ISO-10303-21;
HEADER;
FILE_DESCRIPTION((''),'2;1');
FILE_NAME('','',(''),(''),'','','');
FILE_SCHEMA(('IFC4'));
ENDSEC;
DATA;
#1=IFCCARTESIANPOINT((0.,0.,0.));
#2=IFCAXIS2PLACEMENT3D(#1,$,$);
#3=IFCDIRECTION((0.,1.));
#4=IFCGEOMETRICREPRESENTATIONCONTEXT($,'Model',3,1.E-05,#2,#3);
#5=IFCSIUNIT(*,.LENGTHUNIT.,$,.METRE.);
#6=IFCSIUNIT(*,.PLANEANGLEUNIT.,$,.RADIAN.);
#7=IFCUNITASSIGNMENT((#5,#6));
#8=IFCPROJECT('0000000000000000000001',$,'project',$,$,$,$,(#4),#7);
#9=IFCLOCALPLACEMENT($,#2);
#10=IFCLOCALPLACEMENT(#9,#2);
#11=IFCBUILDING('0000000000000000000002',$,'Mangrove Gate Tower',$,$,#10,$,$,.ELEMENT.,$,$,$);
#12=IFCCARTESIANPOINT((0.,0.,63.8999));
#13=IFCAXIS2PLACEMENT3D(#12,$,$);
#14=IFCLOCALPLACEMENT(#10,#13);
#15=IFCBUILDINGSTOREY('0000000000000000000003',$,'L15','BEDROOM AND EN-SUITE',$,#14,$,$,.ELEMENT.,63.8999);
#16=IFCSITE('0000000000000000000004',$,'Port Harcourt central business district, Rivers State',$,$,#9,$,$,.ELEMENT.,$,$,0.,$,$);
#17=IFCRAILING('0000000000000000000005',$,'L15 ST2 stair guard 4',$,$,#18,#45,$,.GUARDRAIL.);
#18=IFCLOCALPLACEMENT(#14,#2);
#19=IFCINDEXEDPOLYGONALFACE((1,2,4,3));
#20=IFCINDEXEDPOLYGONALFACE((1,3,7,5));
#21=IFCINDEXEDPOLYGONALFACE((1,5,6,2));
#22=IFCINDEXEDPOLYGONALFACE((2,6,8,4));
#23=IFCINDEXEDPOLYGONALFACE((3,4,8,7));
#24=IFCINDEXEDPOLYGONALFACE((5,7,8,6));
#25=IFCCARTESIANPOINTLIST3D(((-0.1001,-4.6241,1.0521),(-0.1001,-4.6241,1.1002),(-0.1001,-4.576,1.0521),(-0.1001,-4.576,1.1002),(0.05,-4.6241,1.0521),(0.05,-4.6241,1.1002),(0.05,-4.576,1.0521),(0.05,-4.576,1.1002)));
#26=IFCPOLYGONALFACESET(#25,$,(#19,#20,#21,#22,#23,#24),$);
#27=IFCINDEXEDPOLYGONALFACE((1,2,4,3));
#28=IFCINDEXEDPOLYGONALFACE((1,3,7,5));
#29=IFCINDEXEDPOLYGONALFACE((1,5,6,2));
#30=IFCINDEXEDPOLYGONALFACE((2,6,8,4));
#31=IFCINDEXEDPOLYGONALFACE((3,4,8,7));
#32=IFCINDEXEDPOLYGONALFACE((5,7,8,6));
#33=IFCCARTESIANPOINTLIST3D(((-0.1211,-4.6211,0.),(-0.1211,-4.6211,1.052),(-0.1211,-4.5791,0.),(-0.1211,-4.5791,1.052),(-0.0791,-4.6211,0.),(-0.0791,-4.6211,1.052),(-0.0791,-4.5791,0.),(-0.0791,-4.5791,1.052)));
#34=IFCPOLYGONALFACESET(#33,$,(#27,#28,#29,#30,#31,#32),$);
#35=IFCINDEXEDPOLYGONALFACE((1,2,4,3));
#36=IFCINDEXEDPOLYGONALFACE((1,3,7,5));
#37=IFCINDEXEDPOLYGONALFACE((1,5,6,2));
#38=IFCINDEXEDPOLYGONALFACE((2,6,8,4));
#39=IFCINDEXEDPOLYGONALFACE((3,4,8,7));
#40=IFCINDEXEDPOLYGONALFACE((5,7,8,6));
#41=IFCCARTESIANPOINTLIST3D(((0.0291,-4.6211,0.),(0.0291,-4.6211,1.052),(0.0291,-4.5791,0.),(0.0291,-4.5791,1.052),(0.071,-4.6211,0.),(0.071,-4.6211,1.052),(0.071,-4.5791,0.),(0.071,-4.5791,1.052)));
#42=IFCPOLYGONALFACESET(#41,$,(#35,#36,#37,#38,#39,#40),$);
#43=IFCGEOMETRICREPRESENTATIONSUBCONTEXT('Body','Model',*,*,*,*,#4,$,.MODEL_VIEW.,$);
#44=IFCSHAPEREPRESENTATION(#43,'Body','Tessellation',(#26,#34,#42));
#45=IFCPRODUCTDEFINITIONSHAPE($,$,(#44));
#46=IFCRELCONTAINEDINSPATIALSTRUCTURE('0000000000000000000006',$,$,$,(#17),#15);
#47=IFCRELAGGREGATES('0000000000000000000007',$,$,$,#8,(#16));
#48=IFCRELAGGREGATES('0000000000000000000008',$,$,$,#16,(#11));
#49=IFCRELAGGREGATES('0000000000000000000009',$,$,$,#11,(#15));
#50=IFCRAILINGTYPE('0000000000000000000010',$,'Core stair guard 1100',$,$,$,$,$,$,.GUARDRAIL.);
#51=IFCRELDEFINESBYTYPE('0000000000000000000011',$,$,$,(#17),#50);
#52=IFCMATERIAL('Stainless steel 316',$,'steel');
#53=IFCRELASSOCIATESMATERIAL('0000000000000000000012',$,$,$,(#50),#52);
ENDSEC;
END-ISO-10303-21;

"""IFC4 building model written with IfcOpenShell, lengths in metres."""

from ifc_helpers import new_model, si_unit, direction, frame, origin, origin_2d, place, context, subcontext, project, spatial, rectangle, extrude, material, type_object, element, save


model = new_model("IFC4")

# Units and contexts
model_context = context("Model", 3, precision=1e-05, world=origin(), true_north=direction((0.0, 1.0)))
body_context = subcontext(model_context, "Body", "Model", "MODEL_VIEW")
ifc_project = project(units=[si_unit("LENGTHUNIT", "METRE"), si_unit("PLANEANGLEUNIT", "RADIAN")], contexts=[model_context])

# Site, building, storey
site_placement = place(None, origin())
site = spatial("IfcSite", under=ifc_project, at=site_placement, Name="Port Harcourt central business district, Rivers State", CompositionType="ELEMENT", RefElevation=0.0)
building_placement = place(site_placement, origin())
building = spatial("IfcBuilding", under=site, at=building_placement, Name="Mangrove Gate Tower", CompositionType="ELEMENT")
storey_placement = place(building_placement, frame((0.0, 0.0, 63.8999)))
storey = spatial("IfcBuildingStorey", under=building, at=storey_placement, Name="L15", Description="BEDROOM AND EN-SUITE", CompositionType="ELEMENT", Elevation=63.8999)

# Railing
ifc_material_1 = material(Name="Stainless steel 316", Category="steel")
railing_type = type_object("IfcRailingType", Name="Core stair guard 1100", PredefinedType="GUARDRAIL", material=ifc_material_1)
railing_1_placement = place(storey_placement, frame((-0.1001, -4.6001, 0.0)))
element("IfcRailing", 1, at=railing_1_placement, inside=storey, type_object=railing_type, Name="L15 ST2 stair guard 4", PredefinedType="GUARDRAIL", context=body_context, shape_type="SweptSolid", body=[
    extrude(rectangle(XDim=0.0481, YDim=0.0481, at=origin_2d()), frame((0.0, 0.0, 1.0762), z_axis=(1.0, 0.0, 0.0), x_axis=(0.0, 1.0, 0.0)), (0.0, 0.0, 1.0), 0.1501),
    extrude(rectangle(XDim=0.042, YDim=0.042, at=origin_2d()), origin(), (0.0, 0.0, 1.0), 1.052),
    extrude(rectangle(XDim=0.042, YDim=0.042, at=origin_2d()), frame((0.1501, 0.0, 0.0)), (0.0, 0.0, 1.0), 1.052),
])

save(model, "model.ifc")
